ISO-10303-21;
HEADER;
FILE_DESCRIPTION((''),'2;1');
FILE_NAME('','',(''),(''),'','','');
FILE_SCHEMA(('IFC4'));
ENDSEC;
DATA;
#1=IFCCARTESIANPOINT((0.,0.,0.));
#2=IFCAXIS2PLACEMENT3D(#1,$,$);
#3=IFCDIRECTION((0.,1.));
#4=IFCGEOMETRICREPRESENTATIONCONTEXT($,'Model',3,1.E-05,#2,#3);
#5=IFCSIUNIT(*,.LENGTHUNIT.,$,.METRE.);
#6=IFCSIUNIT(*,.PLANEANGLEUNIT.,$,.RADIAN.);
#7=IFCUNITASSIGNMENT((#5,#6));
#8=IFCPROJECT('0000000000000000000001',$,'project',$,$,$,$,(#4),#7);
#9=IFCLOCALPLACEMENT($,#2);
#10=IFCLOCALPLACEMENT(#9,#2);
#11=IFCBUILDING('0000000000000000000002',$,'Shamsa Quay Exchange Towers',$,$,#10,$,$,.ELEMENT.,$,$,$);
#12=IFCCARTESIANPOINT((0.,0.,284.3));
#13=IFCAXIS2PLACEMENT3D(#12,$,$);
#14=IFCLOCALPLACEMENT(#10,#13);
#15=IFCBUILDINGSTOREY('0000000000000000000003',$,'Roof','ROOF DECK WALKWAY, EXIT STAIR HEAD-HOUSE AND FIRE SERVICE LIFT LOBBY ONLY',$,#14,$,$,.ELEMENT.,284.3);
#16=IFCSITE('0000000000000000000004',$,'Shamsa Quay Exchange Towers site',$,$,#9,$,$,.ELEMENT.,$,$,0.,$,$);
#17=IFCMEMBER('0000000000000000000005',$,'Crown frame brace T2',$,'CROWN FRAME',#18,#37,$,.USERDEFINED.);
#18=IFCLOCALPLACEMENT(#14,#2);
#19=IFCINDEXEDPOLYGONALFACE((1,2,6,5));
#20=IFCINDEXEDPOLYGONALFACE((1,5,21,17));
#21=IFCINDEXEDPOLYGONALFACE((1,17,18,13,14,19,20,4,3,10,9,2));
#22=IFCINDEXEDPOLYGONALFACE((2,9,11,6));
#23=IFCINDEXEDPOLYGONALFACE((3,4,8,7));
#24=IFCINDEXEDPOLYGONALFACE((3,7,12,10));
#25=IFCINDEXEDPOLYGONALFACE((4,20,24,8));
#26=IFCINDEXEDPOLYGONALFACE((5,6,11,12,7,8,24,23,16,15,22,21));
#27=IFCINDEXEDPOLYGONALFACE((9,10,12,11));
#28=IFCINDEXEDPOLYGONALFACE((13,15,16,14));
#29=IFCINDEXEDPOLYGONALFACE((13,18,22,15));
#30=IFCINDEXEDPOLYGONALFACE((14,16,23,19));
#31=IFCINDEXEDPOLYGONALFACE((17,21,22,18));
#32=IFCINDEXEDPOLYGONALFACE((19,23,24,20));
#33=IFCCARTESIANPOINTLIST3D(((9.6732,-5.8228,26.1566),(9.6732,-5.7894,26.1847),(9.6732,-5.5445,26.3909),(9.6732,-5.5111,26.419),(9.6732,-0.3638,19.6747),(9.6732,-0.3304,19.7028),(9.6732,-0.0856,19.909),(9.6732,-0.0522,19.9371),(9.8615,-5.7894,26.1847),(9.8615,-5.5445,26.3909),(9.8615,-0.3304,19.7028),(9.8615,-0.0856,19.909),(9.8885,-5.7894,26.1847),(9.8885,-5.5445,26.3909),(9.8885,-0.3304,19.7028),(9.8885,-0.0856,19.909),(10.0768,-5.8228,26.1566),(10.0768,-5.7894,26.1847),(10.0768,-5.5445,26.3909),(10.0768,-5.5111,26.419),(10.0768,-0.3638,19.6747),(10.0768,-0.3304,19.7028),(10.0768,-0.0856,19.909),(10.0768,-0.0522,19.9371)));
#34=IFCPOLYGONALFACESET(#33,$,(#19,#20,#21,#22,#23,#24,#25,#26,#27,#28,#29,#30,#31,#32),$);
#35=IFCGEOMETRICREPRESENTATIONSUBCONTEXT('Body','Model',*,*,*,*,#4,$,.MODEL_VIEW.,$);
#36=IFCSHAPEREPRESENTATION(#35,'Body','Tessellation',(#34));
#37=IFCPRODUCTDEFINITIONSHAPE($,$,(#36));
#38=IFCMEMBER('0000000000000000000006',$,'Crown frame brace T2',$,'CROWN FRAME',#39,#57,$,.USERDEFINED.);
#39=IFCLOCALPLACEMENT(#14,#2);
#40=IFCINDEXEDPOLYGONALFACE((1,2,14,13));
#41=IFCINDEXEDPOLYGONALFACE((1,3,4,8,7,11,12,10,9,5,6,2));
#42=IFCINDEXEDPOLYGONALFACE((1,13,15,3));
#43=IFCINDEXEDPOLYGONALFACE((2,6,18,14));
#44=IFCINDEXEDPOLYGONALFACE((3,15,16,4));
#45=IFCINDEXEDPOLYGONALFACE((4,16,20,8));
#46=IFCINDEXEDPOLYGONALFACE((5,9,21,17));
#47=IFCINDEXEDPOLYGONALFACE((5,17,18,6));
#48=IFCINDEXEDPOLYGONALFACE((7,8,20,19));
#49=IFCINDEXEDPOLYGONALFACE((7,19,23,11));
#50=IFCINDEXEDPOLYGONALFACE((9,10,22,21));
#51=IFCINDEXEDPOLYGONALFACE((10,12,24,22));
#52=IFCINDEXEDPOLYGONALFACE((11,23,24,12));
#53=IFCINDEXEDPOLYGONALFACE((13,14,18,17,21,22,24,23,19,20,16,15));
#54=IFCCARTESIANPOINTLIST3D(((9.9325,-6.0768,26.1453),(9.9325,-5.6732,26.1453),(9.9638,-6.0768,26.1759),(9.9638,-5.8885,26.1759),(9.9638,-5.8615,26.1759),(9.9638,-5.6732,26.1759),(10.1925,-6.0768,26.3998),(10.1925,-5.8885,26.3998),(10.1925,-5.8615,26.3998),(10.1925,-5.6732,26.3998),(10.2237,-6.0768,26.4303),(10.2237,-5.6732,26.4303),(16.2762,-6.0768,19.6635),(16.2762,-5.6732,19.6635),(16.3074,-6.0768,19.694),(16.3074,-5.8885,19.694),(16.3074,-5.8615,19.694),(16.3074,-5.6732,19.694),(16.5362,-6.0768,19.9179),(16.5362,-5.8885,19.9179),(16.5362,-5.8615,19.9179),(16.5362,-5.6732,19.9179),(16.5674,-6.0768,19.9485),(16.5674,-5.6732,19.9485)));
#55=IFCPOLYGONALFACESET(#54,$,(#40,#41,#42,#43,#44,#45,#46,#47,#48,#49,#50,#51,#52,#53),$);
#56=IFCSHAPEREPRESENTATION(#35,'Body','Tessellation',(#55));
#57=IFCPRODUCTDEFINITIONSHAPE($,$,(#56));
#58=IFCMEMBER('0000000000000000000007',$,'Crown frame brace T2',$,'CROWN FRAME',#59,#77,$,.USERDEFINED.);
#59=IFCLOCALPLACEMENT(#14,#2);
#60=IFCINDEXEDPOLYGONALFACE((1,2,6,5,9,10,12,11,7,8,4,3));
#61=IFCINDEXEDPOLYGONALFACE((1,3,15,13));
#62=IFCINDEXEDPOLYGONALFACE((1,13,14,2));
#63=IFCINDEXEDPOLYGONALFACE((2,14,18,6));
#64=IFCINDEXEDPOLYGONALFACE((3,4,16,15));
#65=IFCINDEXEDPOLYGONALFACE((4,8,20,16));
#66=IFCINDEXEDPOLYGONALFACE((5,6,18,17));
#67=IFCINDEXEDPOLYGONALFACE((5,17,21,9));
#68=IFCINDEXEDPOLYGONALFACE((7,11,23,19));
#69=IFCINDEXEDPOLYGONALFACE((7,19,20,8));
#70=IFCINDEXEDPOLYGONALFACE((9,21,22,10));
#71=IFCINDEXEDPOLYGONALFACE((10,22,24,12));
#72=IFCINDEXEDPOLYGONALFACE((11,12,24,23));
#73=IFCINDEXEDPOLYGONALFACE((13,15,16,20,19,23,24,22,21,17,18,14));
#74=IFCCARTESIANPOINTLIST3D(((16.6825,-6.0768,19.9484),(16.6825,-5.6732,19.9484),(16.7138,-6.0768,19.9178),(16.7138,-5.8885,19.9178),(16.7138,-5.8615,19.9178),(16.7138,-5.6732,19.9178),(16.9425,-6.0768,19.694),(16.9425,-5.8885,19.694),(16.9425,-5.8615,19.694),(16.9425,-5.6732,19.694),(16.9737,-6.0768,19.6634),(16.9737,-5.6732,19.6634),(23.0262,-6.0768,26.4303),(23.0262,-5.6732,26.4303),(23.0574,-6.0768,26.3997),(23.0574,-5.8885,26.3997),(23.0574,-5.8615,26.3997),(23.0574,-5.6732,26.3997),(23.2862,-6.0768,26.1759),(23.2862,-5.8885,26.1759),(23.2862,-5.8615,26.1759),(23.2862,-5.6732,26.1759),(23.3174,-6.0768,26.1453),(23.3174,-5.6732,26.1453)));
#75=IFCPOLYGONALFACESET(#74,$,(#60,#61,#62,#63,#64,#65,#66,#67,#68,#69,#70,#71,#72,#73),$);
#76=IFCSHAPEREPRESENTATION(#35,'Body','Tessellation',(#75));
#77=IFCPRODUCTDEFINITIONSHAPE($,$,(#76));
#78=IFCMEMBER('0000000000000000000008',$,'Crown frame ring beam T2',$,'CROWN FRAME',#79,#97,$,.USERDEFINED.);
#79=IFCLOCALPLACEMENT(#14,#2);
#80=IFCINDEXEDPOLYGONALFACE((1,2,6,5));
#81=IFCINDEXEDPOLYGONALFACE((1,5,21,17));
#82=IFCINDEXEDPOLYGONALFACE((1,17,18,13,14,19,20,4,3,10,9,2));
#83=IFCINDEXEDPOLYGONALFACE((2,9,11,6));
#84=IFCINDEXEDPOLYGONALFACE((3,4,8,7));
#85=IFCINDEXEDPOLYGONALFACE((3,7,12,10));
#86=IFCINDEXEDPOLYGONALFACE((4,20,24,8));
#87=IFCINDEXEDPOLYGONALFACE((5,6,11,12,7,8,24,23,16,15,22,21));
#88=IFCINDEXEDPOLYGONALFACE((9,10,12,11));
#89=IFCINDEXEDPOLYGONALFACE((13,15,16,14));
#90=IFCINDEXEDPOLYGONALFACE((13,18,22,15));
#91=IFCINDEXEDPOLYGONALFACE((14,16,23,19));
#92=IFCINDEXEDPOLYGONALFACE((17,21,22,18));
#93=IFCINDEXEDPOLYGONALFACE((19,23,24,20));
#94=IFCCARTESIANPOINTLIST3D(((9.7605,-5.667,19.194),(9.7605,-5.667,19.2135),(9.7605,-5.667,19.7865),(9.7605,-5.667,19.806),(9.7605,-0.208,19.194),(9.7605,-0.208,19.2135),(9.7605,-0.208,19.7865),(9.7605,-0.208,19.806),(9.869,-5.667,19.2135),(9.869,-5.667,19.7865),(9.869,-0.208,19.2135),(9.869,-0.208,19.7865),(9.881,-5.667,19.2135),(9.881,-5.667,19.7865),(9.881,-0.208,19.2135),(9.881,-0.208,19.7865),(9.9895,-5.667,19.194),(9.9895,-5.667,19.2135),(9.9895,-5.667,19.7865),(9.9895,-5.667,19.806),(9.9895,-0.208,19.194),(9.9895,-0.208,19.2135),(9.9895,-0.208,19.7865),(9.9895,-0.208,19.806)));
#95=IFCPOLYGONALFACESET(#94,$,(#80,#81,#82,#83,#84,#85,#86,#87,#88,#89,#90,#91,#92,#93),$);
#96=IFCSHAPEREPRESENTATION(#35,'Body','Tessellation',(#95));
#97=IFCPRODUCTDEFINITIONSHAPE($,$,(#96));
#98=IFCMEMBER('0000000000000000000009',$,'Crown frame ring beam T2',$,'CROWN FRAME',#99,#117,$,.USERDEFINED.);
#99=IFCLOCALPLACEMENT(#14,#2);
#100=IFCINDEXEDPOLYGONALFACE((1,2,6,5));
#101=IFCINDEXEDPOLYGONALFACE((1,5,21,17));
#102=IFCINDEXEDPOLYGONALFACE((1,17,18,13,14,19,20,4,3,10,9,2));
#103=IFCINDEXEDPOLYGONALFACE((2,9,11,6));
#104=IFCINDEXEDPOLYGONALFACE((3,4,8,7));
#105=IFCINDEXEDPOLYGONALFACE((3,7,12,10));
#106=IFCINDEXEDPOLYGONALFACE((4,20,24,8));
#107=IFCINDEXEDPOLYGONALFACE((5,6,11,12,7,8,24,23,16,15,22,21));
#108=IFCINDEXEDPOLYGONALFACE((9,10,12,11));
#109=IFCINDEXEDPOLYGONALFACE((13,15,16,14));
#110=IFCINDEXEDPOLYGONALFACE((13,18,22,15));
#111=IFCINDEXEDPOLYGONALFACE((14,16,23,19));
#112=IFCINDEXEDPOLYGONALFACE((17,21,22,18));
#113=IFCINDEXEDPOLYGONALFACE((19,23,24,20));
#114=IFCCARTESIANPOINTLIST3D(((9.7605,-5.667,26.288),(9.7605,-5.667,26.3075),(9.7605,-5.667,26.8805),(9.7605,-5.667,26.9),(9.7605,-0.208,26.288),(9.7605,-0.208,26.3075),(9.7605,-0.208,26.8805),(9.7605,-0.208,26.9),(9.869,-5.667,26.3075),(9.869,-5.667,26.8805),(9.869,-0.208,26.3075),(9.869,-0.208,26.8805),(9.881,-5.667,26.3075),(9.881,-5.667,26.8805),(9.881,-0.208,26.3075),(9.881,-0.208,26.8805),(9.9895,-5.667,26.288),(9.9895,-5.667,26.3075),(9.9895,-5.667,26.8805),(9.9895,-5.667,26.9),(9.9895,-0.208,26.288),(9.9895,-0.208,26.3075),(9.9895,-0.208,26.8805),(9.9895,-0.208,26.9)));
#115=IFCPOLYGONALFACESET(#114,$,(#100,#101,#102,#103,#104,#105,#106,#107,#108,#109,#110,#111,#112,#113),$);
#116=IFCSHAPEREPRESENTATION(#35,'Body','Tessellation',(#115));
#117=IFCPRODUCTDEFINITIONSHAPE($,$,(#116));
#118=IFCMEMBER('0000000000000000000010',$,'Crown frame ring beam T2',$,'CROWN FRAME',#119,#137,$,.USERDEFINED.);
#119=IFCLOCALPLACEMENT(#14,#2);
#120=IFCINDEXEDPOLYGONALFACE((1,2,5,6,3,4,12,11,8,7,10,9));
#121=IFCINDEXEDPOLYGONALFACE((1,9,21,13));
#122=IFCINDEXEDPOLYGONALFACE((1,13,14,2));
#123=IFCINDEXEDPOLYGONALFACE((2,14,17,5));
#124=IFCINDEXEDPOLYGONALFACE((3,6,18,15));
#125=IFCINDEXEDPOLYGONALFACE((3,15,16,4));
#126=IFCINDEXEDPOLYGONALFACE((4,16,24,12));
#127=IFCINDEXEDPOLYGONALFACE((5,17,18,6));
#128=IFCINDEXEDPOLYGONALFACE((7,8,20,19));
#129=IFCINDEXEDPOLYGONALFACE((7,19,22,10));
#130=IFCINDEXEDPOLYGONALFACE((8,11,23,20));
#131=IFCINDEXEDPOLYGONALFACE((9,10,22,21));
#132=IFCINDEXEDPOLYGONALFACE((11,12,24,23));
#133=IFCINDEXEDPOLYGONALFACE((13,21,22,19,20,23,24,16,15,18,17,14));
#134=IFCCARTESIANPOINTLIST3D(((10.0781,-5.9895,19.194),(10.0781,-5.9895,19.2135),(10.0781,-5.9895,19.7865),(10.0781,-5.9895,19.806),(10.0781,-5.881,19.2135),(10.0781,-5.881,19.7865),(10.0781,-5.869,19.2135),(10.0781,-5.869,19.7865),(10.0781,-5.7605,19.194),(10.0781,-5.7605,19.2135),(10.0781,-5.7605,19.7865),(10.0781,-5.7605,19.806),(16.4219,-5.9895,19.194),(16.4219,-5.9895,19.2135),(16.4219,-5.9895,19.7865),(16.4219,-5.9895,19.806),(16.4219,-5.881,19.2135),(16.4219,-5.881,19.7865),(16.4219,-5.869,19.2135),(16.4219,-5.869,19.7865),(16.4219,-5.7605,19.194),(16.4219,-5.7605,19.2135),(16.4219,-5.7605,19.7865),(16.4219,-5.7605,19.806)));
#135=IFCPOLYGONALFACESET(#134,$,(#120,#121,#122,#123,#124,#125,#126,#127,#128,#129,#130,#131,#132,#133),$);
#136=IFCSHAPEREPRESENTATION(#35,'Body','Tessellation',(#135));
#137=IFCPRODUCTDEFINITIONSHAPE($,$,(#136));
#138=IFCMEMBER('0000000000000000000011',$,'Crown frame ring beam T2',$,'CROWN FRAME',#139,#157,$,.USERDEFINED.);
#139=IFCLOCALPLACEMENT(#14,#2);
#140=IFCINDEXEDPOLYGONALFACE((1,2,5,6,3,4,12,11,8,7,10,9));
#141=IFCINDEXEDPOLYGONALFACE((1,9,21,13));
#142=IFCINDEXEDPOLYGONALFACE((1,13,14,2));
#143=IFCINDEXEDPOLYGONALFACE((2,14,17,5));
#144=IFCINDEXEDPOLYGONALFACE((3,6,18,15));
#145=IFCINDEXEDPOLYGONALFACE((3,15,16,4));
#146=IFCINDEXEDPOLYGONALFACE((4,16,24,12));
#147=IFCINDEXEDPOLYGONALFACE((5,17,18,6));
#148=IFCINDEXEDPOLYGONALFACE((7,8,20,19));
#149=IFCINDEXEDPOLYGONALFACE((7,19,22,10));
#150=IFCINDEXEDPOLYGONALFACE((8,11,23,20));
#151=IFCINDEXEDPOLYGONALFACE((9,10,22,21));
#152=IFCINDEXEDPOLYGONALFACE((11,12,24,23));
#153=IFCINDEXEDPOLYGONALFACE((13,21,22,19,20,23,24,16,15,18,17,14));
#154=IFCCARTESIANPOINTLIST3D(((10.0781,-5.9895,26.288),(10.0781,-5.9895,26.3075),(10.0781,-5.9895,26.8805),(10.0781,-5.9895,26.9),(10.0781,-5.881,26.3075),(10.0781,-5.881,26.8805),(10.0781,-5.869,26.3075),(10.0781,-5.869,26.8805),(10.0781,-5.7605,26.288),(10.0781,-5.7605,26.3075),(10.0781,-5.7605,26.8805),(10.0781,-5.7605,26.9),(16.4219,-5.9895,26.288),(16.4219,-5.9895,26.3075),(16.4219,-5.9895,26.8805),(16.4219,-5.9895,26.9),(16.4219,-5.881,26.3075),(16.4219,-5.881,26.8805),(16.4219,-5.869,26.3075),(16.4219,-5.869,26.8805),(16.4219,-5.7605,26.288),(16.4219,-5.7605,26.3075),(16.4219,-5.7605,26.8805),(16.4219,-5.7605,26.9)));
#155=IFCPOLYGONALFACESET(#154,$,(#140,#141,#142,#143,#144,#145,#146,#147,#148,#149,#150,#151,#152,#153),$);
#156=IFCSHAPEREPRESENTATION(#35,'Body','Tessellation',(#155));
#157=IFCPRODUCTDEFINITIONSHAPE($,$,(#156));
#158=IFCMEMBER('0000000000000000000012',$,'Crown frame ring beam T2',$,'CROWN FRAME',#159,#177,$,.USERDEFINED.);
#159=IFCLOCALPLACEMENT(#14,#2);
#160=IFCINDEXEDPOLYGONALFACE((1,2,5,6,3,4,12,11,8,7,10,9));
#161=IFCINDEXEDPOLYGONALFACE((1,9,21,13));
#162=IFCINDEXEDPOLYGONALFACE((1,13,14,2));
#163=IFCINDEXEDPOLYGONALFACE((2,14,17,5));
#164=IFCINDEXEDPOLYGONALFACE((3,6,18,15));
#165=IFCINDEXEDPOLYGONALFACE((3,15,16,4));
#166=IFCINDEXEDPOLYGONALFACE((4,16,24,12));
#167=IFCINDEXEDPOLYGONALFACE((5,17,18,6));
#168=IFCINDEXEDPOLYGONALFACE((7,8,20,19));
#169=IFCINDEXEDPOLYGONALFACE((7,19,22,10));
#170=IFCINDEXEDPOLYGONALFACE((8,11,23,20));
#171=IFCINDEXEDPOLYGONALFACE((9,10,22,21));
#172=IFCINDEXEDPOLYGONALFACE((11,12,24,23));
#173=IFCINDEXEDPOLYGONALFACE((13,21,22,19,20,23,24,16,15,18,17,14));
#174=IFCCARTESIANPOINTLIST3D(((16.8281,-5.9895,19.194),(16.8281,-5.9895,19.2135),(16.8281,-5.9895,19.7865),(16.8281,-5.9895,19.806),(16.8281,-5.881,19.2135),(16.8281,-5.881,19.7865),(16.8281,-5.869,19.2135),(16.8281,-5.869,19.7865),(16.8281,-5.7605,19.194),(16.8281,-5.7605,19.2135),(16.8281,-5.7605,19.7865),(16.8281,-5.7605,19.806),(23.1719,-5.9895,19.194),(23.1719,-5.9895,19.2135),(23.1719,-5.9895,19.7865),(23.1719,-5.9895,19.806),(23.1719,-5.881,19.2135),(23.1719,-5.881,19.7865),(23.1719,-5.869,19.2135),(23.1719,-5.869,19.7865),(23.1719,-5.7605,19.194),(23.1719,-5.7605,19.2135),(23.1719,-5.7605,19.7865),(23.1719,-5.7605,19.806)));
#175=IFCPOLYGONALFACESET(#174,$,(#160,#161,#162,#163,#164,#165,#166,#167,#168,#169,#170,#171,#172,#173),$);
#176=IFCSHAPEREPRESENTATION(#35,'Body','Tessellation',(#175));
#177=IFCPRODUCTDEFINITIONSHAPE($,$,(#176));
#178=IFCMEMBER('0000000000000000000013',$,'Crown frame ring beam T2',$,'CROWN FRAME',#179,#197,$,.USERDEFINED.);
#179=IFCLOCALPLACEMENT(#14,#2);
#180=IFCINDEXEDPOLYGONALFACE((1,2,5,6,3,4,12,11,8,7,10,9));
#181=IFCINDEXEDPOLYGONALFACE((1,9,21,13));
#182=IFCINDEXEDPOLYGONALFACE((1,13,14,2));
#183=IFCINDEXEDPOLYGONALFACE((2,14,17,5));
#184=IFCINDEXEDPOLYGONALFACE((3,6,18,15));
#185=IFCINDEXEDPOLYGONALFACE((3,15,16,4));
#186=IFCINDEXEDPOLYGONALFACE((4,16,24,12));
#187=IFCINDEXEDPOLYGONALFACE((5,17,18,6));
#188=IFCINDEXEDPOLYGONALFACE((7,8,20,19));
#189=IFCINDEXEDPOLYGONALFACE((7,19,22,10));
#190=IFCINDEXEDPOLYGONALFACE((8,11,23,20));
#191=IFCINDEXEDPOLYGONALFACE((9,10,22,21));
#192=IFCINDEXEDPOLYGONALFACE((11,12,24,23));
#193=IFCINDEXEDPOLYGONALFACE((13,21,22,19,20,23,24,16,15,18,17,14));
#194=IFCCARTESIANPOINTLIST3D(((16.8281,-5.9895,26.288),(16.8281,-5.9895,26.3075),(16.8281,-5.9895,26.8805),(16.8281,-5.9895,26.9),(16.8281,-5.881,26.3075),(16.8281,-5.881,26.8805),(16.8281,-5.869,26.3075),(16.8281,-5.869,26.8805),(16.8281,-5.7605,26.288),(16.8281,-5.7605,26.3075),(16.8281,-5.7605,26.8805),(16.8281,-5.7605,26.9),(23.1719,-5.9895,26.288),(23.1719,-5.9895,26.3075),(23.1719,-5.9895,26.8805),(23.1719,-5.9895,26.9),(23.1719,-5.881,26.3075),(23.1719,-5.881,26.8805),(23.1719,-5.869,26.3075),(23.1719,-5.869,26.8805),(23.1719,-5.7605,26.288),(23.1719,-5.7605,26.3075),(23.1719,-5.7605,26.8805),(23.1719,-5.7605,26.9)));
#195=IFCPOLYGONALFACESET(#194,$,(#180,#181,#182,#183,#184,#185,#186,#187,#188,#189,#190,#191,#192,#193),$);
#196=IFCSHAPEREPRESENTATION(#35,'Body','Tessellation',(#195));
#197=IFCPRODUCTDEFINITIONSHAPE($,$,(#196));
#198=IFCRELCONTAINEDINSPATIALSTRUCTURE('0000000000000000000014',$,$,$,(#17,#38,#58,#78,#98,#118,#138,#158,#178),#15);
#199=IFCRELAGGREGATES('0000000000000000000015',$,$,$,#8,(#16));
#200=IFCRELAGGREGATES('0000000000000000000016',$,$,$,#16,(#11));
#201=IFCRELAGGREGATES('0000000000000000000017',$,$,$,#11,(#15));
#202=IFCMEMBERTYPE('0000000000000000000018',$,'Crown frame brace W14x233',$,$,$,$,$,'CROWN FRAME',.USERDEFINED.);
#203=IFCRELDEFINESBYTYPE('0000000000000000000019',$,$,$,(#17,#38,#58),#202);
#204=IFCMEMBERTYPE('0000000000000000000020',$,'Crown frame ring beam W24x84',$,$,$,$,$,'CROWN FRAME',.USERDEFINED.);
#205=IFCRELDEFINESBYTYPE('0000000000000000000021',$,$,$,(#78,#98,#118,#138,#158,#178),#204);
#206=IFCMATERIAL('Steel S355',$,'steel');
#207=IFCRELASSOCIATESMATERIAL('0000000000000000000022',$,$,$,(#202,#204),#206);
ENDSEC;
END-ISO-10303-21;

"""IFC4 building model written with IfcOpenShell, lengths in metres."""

from ifc_helpers import new_model, si_unit, direction, frame, origin, origin_2d, place, context, subcontext, project, spatial, i_section, extrude, material, material_profile, profile_set, type_object, element, save


model = new_model("IFC4")

# Units and contexts
model_context = context("Model", 3, precision=1e-05, world=origin(), true_north=direction((0.0, 1.0)))
body_context = subcontext(model_context, "Body", "Model", "MODEL_VIEW")
ifc_project = project(units=[si_unit("LENGTHUNIT", "METRE"), si_unit("PLANEANGLEUNIT", "RADIAN")], contexts=[model_context])

# Site, building, storey
site_placement = place(None, origin())
site = spatial("IfcSite", under=ifc_project, at=site_placement, Name="Shamsa Quay Exchange Towers site", CompositionType="ELEMENT", RefElevation=0.0)
building_placement = place(site_placement, origin())
building = spatial("IfcBuilding", under=site, at=building_placement, Name="Shamsa Quay Exchange Towers", CompositionType="ELEMENT")
storey_placement = place(building_placement, frame((0.0, 0.0, 284.3)))
storey = spatial("IfcBuildingStorey", under=building, at=storey_placement, Name="Roof", Description="ROOF DECK WALKWAY, EXIT STAIR HEAD-HOUSE AND FIRE SERVICE LIFT LOBBY ONLY", CompositionType="ELEMENT", Elevation=284.3)

# Members
ifc_material_1 = material(Name="Steel S355", Category="steel")
ifc_material_profile_1 = material_profile(ifc_material_1, i_section(OverallWidth=0.4036, OverallDepth=0.4075, WebThickness=0.0271, FlangeThickness=0.0437, at=origin_2d()), Name="W14x233")
ifc_profile_set_1 = profile_set([ifc_material_profile_1], Name="Steel S355")
member_type_1 = type_object("IfcMemberType", Name="Crown frame brace W14x233", ElementType="CROWN FRAME", PredefinedType="USERDEFINED", material=ifc_profile_set_1)
member_placement = place(storey_placement, frame((9.875, -0.208, 19.8059), z_axis=(0.0, -0.644171, 0.764881), x_axis=(1.0, 0.0, 0.0)))
element("IfcMember", 1, at=member_placement, inside=storey, type_object=member_type_1, Name="Crown frame brace T2", ObjectType="CROWN FRAME", PredefinedType="USERDEFINED", context=body_context, shape_type="SweptSolid", body=[
    extrude(i_section(OverallWidth=0.4036, OverallDepth=0.4075, WebThickness=0.0271, FlangeThickness=0.0437, at=origin_2d()), origin(), (0.0, 0.0, 1.0), 8.4744),
])
for number, where, z_axis, x_axis, name in (
    (2, (10.0781, -5.875, 26.2878), (0.699448, 0.0, -0.714684), (0.0, 1.0, 0.0), "Crown frame brace T2"),
    (3, (16.8281, -5.875, 19.8059), (0.699448, 0.0, 0.714684), (0.0, 1.0, 0.0), "Crown frame brace T2"),
):
    element("IfcMember", number, at=place(storey_placement, frame(where, z_axis=z_axis, x_axis=x_axis)), inside=storey, type_object=member_type_1, Name=name, ObjectType="CROWN FRAME", PredefinedType="USERDEFINED", context=body_context, shape_type="SweptSolid", body=[
        extrude(i_section(OverallWidth=0.4036, OverallDepth=0.4075, WebThickness=0.0271, FlangeThickness=0.0437, at=origin_2d()), origin(), (0.0, 0.0, 1.0), 9.0696),
    ])
ifc_material_profile_2 = material_profile(ifc_material_1, i_section(OverallWidth=0.229, OverallDepth=0.6121, WebThickness=0.012, FlangeThickness=0.0195, at=origin_2d()), Name="W24x84")
ifc_profile_set_2 = profile_set([ifc_material_profile_2], Name="Steel S355")
member_type_2 = type_object("IfcMemberType", Name="Crown frame ring beam W24x84", ElementType="CROWN FRAME", PredefinedType="USERDEFINED", material=ifc_profile_set_2)
for number, where, z_axis, x_axis, name in (
    (4, (9.875, -0.208, 19.5), (0.0, -1.0, 0.0), (1.0, 0.0, 0.0), "Crown frame ring beam T2"),
    (5, (9.875, -0.208, 26.594), (0.0, -1.0, 0.0), (1.0, 0.0, 0.0), "Crown frame ring beam T2"),
):
    element("IfcMember", number, at=place(storey_placement, frame(where, z_axis=z_axis, x_axis=x_axis)), inside=storey, type_object=member_type_2, Name=name, ObjectType="CROWN FRAME", PredefinedType="USERDEFINED", context=body_context, shape_type="SweptSolid", body=[
        extrude(i_section(OverallWidth=0.229, OverallDepth=0.6121, WebThickness=0.012, FlangeThickness=0.0195, at=origin_2d()), origin(), (0.0, 0.0, 1.0), 5.459),
    ])
for number, where, z_axis, x_axis, name in (
    (6, (10.0781, -5.875, 19.5), (1.0, 0.0, 0.0), (0.0, 1.0, 0.0), "Crown frame ring beam T2"),
    (7, (10.0781, -5.875, 26.594), (1.0, 0.0, 0.0), (0.0, 1.0, 0.0), "Crown frame ring beam T2"),
    (8, (16.8281, -5.875, 19.5), (1.0, 0.0, 0.0), (0.0, 1.0, 0.0), "Crown frame ring beam T2"),
    (9, (16.8281, -5.875, 26.594), (1.0, 0.0, 0.0), (0.0, 1.0, 0.0), "Crown frame ring beam T2"),
):
    element("IfcMember", number, at=place(storey_placement, frame(where, z_axis=z_axis, x_axis=x_axis)), inside=storey, type_object=member_type_2, Name=name, ObjectType="CROWN FRAME", PredefinedType="USERDEFINED", context=body_context, shape_type="SweptSolid", body=[
        extrude(i_section(OverallWidth=0.229, OverallDepth=0.6121, WebThickness=0.012, FlangeThickness=0.0195, at=origin_2d()), origin(), (0.0, 0.0, 1.0), 6.3438),
    ])

save(model, "model.ifc")
